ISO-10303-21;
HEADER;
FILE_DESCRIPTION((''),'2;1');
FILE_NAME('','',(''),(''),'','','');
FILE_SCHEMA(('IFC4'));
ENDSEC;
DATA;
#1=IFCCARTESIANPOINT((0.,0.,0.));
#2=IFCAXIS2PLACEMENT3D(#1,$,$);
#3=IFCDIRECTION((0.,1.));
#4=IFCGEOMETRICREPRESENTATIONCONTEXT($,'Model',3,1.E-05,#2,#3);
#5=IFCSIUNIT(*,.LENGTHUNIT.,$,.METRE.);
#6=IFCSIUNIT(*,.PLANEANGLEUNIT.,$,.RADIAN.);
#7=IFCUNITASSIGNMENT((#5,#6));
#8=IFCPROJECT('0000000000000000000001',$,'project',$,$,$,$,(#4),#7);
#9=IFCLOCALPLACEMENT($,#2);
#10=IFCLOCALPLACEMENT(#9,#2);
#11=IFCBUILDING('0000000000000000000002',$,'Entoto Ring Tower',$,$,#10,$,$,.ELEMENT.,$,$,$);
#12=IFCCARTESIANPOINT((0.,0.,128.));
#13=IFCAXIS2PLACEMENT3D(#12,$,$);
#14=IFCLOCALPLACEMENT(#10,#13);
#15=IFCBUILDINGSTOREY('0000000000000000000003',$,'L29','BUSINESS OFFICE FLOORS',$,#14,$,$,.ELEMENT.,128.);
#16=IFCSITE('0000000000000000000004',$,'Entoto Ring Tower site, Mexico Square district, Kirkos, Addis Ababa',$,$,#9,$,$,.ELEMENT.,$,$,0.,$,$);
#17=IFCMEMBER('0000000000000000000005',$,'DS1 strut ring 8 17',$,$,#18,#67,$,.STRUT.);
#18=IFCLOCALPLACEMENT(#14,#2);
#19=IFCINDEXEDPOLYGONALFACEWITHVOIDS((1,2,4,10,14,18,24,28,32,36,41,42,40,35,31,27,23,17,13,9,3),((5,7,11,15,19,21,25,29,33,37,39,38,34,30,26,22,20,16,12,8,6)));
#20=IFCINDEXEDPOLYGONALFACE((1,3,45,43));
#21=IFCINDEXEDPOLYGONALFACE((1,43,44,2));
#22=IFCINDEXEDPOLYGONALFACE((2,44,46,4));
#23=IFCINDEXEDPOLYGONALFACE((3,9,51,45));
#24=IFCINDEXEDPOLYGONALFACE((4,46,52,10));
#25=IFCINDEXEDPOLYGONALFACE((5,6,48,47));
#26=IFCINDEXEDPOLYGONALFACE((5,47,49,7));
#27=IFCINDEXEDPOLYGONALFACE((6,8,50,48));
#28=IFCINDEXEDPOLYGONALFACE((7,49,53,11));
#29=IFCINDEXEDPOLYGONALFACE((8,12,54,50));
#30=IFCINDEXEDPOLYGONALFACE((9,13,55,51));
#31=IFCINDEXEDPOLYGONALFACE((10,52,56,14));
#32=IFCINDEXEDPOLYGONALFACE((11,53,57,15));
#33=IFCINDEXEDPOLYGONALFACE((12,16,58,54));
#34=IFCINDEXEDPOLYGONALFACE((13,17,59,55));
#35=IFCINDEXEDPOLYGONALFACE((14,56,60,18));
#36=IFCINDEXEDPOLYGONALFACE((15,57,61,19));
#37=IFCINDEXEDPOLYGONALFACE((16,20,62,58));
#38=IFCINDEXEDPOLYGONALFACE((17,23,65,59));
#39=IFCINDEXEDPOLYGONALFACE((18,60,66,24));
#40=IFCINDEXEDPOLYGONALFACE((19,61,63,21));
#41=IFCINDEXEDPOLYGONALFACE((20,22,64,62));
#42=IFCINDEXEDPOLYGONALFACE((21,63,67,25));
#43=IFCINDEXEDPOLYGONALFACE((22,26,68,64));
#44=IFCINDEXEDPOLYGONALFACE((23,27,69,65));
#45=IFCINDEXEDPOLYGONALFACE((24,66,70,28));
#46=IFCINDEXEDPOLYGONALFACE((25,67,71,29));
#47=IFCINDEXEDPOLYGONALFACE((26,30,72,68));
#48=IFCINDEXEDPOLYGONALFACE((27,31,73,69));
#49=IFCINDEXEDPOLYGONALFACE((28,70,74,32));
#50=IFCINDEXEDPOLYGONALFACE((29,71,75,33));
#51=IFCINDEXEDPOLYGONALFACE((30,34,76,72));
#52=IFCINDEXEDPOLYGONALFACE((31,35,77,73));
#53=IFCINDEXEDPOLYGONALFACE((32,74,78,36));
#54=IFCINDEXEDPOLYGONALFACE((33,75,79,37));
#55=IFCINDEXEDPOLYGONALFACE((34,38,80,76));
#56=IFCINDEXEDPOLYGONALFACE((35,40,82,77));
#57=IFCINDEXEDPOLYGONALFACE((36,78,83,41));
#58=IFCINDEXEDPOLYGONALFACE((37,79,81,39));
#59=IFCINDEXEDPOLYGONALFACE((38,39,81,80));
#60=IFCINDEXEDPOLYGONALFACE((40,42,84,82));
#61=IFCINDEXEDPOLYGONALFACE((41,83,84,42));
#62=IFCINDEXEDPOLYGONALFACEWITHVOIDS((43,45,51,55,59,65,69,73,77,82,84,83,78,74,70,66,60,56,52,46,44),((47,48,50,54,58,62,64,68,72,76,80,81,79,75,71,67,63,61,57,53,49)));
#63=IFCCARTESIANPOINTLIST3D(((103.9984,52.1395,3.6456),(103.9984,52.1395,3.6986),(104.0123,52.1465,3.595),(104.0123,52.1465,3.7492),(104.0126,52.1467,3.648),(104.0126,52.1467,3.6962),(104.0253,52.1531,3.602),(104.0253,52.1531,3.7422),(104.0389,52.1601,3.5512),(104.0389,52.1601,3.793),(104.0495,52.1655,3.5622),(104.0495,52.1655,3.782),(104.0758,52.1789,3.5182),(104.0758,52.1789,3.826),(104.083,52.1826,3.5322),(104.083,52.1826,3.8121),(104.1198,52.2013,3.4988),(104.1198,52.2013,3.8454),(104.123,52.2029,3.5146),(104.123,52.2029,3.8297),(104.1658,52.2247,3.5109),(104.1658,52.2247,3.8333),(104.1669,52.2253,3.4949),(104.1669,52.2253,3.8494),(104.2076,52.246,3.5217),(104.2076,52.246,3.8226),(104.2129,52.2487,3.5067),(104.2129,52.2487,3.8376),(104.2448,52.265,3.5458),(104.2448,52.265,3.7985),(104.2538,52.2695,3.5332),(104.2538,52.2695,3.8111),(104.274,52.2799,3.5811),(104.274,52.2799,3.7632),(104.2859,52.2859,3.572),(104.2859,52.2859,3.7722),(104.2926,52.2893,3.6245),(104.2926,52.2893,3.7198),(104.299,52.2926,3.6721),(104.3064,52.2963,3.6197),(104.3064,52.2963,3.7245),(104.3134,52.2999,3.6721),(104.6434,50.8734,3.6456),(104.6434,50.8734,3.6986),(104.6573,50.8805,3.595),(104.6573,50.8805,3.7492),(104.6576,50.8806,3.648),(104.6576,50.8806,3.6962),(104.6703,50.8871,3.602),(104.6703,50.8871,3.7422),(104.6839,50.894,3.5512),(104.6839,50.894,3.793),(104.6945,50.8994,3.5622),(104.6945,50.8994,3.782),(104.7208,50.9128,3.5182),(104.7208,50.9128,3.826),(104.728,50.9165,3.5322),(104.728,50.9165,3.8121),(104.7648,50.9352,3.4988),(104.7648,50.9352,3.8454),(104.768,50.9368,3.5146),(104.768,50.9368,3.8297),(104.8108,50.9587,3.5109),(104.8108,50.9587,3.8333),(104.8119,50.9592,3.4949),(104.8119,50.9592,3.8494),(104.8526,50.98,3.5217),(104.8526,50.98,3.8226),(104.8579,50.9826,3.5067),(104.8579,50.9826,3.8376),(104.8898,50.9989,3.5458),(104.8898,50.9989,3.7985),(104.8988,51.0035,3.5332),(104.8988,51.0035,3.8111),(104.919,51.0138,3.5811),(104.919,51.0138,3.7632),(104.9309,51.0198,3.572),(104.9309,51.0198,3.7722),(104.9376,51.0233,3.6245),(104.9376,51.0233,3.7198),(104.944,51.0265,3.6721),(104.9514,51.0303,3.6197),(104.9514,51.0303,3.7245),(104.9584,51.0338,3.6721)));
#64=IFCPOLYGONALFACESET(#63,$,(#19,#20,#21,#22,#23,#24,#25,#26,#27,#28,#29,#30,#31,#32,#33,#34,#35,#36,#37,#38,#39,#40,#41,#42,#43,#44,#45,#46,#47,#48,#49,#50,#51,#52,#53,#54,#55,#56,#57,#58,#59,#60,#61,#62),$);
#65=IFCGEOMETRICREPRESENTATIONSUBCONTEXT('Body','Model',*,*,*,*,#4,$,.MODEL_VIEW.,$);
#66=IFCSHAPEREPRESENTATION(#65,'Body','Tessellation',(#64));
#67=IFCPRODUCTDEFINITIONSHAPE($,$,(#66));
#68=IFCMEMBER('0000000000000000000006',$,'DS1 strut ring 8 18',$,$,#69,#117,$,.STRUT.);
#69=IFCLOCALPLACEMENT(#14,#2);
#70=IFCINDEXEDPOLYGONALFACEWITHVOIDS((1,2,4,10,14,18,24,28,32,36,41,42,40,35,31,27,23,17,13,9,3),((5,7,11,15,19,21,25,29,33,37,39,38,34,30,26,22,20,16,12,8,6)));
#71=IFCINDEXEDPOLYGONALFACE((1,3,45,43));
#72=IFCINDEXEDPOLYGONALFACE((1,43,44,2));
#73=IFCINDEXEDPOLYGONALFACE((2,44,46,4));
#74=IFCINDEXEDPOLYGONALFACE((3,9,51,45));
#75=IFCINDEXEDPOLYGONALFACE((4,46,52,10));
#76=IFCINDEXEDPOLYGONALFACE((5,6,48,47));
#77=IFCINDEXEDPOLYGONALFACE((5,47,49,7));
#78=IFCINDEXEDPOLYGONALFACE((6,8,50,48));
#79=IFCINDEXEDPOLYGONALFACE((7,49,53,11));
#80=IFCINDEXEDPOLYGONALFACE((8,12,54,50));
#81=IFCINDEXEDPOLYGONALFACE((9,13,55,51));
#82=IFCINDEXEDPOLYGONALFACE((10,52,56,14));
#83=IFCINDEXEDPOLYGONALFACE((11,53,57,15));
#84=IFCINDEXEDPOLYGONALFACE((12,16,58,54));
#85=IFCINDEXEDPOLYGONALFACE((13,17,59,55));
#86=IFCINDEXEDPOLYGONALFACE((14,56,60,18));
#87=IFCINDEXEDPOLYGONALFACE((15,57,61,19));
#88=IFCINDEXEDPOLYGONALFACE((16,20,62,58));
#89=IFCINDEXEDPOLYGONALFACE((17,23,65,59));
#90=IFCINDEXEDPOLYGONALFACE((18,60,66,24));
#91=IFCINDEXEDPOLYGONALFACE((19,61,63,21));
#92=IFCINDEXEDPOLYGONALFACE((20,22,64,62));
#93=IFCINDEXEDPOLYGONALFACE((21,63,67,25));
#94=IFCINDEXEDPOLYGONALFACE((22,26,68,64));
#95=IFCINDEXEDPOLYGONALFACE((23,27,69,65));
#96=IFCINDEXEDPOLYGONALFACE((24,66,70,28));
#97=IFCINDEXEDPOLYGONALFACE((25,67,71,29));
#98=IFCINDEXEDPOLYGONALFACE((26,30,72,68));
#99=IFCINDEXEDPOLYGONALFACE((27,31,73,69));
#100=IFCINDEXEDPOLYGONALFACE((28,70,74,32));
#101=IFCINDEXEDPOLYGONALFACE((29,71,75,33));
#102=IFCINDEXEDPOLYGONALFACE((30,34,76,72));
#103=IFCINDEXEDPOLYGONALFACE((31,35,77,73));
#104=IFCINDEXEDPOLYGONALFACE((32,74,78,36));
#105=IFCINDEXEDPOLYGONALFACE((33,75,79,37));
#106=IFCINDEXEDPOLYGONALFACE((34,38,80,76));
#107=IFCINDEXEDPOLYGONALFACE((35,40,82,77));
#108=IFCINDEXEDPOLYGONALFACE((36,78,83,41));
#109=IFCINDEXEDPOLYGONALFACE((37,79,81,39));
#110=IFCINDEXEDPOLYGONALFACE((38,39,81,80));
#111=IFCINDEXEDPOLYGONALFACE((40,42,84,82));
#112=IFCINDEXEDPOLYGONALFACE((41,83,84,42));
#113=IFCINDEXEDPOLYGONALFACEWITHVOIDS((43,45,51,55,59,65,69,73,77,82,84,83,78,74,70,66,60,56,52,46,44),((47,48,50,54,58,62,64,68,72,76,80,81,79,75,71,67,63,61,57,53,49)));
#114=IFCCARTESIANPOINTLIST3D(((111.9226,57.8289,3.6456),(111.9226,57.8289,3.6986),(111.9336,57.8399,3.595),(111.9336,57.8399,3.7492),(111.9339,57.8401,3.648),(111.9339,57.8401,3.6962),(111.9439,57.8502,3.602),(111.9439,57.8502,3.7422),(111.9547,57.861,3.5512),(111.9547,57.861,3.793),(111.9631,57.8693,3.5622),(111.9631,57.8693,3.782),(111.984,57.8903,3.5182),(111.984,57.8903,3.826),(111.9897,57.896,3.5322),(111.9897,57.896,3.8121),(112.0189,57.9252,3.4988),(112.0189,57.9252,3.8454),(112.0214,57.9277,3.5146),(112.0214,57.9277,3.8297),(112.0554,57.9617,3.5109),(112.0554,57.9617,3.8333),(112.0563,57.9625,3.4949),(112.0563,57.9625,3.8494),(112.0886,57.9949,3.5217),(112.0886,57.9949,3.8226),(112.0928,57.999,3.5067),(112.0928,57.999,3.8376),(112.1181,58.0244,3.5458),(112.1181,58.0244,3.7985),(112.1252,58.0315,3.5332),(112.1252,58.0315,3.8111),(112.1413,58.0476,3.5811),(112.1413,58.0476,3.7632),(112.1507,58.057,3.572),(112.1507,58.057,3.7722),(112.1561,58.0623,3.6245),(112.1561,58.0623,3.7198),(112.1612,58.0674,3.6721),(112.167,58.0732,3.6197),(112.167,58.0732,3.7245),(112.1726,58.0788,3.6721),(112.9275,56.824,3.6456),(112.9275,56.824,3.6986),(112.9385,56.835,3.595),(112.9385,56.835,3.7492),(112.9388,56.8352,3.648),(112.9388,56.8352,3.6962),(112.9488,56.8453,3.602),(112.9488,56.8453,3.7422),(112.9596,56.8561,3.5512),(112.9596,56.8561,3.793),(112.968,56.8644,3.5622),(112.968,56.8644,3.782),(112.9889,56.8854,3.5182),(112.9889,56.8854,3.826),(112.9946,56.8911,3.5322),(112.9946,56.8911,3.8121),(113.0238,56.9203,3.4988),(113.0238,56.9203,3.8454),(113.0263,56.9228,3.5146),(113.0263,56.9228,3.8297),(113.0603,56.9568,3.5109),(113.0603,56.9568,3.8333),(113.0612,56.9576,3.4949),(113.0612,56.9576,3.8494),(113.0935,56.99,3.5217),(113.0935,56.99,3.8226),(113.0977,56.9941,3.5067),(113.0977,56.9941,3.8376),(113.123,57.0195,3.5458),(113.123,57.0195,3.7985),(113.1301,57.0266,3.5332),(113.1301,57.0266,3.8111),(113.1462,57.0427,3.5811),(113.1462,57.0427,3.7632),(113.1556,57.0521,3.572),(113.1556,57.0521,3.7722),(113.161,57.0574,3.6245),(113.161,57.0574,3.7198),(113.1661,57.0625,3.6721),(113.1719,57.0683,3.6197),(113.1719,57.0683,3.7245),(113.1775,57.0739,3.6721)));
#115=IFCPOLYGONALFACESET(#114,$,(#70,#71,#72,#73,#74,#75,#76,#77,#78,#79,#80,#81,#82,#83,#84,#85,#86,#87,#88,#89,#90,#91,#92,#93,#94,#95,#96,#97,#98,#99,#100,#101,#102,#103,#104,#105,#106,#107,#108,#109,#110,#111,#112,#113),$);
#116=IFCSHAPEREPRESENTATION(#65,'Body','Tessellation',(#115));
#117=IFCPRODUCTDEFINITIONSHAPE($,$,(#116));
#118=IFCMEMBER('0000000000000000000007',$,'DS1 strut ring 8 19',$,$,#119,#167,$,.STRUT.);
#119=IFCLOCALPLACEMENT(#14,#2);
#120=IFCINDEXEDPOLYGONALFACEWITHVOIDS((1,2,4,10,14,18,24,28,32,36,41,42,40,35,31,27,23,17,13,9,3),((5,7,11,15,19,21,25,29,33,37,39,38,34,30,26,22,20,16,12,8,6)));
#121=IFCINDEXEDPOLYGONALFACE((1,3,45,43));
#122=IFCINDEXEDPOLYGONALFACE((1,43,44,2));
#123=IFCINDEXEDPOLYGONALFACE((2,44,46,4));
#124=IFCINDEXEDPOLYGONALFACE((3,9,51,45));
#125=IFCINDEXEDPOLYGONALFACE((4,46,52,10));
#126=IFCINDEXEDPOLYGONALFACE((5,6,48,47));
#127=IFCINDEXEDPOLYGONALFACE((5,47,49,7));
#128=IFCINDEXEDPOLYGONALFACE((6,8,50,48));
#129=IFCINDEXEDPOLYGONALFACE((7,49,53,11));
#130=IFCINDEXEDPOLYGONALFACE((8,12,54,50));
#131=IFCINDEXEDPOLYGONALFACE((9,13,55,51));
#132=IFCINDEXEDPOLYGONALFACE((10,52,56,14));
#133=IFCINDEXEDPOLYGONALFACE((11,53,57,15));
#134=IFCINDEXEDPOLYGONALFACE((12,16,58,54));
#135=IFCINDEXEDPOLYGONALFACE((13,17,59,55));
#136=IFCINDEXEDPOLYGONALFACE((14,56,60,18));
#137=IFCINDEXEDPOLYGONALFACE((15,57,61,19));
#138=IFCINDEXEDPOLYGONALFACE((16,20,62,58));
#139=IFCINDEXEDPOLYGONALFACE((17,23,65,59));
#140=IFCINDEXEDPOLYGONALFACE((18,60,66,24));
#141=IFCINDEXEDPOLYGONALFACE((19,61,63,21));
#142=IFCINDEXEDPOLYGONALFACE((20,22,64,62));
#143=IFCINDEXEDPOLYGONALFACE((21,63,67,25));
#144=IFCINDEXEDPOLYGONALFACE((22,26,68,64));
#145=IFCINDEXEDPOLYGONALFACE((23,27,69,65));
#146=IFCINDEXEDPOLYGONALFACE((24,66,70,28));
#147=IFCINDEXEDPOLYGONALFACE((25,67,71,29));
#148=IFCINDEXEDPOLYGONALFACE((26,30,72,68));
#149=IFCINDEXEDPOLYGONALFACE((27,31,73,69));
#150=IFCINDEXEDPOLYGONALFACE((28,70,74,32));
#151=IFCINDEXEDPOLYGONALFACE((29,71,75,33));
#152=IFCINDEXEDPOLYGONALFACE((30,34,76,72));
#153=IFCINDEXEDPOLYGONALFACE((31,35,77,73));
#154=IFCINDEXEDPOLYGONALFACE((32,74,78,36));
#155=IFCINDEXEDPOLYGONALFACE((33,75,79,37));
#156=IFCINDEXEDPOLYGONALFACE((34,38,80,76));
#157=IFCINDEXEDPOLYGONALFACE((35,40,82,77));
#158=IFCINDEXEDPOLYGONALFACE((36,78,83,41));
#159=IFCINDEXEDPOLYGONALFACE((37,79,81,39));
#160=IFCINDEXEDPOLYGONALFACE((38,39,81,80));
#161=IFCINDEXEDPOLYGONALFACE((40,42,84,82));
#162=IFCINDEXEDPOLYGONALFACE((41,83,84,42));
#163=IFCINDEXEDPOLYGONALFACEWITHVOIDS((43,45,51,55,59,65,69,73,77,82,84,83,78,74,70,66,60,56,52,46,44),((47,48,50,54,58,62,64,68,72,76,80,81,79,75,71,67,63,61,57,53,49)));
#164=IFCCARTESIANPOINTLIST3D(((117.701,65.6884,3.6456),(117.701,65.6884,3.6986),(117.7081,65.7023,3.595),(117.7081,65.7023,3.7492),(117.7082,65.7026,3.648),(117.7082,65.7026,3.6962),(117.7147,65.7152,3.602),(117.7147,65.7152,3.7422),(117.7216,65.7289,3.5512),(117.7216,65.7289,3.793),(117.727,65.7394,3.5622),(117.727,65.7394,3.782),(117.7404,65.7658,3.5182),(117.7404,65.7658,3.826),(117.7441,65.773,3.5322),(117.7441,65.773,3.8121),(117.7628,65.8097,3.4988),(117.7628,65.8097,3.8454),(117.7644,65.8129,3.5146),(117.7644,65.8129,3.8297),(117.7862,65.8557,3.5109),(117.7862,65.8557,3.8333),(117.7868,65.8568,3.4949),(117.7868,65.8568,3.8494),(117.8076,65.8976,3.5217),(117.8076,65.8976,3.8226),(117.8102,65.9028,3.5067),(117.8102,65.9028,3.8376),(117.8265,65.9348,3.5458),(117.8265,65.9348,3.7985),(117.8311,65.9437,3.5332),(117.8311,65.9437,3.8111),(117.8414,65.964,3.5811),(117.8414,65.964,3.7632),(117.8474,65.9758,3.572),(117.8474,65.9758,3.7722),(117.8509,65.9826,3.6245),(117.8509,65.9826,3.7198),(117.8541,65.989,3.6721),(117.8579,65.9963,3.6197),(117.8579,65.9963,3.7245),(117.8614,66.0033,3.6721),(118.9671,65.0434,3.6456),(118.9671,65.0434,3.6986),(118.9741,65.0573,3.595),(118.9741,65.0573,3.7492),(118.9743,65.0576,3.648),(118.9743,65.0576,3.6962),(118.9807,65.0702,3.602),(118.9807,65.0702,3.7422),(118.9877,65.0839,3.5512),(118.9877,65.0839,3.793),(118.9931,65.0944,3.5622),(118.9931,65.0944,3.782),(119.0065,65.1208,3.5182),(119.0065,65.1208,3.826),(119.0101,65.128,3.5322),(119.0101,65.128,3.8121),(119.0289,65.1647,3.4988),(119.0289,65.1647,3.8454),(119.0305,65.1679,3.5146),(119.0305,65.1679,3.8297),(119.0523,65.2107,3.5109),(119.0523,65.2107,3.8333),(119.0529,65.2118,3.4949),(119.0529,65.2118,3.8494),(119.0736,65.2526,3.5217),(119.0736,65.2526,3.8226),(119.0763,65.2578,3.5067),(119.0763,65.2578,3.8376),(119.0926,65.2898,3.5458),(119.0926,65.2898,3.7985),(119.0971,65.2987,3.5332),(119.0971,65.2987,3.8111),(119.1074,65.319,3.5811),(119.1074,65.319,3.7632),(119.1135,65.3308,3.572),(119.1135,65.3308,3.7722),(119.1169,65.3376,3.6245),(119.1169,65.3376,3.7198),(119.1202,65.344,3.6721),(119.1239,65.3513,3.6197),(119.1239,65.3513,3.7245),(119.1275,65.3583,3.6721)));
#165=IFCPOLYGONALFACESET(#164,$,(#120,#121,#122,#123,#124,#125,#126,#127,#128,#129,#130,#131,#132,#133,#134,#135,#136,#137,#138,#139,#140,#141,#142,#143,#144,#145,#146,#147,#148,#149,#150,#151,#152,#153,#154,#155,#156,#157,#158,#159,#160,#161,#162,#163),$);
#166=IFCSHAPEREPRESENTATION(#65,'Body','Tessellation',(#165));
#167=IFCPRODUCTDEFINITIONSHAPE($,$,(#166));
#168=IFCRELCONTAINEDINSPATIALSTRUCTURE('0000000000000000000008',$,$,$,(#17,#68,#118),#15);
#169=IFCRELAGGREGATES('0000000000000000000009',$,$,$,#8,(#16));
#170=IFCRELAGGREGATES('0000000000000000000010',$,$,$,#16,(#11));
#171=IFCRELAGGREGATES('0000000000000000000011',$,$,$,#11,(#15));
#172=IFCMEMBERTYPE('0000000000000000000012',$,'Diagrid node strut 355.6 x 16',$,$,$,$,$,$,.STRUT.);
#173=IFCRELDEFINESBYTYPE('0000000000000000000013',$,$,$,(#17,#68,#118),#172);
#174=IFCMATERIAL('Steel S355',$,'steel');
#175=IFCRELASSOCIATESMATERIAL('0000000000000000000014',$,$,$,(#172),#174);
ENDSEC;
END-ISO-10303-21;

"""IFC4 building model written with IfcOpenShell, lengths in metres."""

from ifc_helpers import new_model, si_unit, direction, frame, origin, origin_2d, place, context, subcontext, project, spatial, circle, hollow_circle, extrude, material, material_profile, profile_set, type_object, element, save


model = new_model("IFC4")

# Units and contexts
model_context = context("Model", 3, precision=1e-05, world=origin(), true_north=direction((0.0, 1.0)))
body_context = subcontext(model_context, "Body", "Model", "MODEL_VIEW")
ifc_project = project(units=[si_unit("LENGTHUNIT", "METRE"), si_unit("PLANEANGLEUNIT", "RADIAN")], contexts=[model_context])

# Site, building, storey
site_placement = place(None, origin())
site = spatial("IfcSite", under=ifc_project, at=site_placement, Name="Entoto Ring Tower site, Mexico Square district, Kirkos, Addis Ababa", CompositionType="ELEMENT", RefElevation=0.0)
building_placement = place(site_placement, origin())
building = spatial("IfcBuilding", under=site, at=building_placement, Name="Entoto Ring Tower", CompositionType="ELEMENT")
storey_placement = place(building_placement, frame((0.0, 0.0, 128.0)))
storey = spatial("IfcBuildingStorey", under=building, at=storey_placement, Name="L29", Description="BUSINESS OFFICE FLOORS", CompositionType="ELEMENT", Elevation=128.0)

# Members
ifc_material_1 = material(Name="Steel S355", Category="steel")
ifc_material_profile_1 = material_profile(ifc_material_1, hollow_circle(Radius=0.1777, WallThickness=0.0161, at=origin_2d()), Name="CHS 355.6 x 16")
ifc_material_2 = material(Name="Concrete C60/75", Category="concrete")
ifc_material_profile_2 = material_profile(ifc_material_2, circle(Radius=0.1619, at=origin_2d()), Name="Concrete C60/75 infill")
ifc_profile_set_1 = profile_set([ifc_material_profile_1, ifc_material_profile_2], Name="Steel S355")
member_type = type_object("IfcMemberType", Name="Diagrid node strut 355.6 x 16", PredefinedType="STRUT", material=ifc_profile_set_1)
member_1_placement = place(storey_placement, frame((104.155, 52.2192, 3.6721), z_axis=(0.453936, -0.891034, 0.0), x_axis=(0.891034, 0.453936, 0.0)))
element("IfcMember", 1, at=member_1_placement, inside=storey, type_object=member_type, Name="DS1 strut ring 8 17", PredefinedType="STRUT", context=body_context, shape_type="SweptSolid", body=[
    extrude(hollow_circle(Radius=0.1777, WallThickness=0.0161, at=origin_2d()), origin(), (0.0, 0.0, 1.0), 1.4209),
])
member_2_placement = place(storey_placement, frame((112.0469, 57.9531, 3.6721), z_axis=(0.707107, -0.707107, 0.0), x_axis=(0.707107, 0.707107, 0.0)))
element("IfcMember", 2, at=member_2_placement, inside=storey, type_object=member_type, Name="DS1 strut ring 8 18", PredefinedType="STRUT", context=body_context, shape_type="SweptSolid", body=[
    extrude(hollow_circle(Radius=0.1777, WallThickness=0.0161, at=origin_2d()), origin(), (0.0, 0.0, 1.0), 1.4211),
])
member_3_placement = place(storey_placement, frame((117.7808, 65.845, 3.6721), z_axis=(0.891034, -0.453936, 0.0), x_axis=(0.453936, 0.891034, 0.0)))
element("IfcMember", 3, at=member_3_placement, inside=storey, type_object=member_type, Name="DS1 strut ring 8 19", PredefinedType="STRUT", context=body_context, shape_type="SweptSolid", body=[
    extrude(hollow_circle(Radius=0.1777, WallThickness=0.0161, at=origin_2d()), origin(), (0.0, 0.0, 1.0), 1.4209),
])

save(model, "model.ifc")
